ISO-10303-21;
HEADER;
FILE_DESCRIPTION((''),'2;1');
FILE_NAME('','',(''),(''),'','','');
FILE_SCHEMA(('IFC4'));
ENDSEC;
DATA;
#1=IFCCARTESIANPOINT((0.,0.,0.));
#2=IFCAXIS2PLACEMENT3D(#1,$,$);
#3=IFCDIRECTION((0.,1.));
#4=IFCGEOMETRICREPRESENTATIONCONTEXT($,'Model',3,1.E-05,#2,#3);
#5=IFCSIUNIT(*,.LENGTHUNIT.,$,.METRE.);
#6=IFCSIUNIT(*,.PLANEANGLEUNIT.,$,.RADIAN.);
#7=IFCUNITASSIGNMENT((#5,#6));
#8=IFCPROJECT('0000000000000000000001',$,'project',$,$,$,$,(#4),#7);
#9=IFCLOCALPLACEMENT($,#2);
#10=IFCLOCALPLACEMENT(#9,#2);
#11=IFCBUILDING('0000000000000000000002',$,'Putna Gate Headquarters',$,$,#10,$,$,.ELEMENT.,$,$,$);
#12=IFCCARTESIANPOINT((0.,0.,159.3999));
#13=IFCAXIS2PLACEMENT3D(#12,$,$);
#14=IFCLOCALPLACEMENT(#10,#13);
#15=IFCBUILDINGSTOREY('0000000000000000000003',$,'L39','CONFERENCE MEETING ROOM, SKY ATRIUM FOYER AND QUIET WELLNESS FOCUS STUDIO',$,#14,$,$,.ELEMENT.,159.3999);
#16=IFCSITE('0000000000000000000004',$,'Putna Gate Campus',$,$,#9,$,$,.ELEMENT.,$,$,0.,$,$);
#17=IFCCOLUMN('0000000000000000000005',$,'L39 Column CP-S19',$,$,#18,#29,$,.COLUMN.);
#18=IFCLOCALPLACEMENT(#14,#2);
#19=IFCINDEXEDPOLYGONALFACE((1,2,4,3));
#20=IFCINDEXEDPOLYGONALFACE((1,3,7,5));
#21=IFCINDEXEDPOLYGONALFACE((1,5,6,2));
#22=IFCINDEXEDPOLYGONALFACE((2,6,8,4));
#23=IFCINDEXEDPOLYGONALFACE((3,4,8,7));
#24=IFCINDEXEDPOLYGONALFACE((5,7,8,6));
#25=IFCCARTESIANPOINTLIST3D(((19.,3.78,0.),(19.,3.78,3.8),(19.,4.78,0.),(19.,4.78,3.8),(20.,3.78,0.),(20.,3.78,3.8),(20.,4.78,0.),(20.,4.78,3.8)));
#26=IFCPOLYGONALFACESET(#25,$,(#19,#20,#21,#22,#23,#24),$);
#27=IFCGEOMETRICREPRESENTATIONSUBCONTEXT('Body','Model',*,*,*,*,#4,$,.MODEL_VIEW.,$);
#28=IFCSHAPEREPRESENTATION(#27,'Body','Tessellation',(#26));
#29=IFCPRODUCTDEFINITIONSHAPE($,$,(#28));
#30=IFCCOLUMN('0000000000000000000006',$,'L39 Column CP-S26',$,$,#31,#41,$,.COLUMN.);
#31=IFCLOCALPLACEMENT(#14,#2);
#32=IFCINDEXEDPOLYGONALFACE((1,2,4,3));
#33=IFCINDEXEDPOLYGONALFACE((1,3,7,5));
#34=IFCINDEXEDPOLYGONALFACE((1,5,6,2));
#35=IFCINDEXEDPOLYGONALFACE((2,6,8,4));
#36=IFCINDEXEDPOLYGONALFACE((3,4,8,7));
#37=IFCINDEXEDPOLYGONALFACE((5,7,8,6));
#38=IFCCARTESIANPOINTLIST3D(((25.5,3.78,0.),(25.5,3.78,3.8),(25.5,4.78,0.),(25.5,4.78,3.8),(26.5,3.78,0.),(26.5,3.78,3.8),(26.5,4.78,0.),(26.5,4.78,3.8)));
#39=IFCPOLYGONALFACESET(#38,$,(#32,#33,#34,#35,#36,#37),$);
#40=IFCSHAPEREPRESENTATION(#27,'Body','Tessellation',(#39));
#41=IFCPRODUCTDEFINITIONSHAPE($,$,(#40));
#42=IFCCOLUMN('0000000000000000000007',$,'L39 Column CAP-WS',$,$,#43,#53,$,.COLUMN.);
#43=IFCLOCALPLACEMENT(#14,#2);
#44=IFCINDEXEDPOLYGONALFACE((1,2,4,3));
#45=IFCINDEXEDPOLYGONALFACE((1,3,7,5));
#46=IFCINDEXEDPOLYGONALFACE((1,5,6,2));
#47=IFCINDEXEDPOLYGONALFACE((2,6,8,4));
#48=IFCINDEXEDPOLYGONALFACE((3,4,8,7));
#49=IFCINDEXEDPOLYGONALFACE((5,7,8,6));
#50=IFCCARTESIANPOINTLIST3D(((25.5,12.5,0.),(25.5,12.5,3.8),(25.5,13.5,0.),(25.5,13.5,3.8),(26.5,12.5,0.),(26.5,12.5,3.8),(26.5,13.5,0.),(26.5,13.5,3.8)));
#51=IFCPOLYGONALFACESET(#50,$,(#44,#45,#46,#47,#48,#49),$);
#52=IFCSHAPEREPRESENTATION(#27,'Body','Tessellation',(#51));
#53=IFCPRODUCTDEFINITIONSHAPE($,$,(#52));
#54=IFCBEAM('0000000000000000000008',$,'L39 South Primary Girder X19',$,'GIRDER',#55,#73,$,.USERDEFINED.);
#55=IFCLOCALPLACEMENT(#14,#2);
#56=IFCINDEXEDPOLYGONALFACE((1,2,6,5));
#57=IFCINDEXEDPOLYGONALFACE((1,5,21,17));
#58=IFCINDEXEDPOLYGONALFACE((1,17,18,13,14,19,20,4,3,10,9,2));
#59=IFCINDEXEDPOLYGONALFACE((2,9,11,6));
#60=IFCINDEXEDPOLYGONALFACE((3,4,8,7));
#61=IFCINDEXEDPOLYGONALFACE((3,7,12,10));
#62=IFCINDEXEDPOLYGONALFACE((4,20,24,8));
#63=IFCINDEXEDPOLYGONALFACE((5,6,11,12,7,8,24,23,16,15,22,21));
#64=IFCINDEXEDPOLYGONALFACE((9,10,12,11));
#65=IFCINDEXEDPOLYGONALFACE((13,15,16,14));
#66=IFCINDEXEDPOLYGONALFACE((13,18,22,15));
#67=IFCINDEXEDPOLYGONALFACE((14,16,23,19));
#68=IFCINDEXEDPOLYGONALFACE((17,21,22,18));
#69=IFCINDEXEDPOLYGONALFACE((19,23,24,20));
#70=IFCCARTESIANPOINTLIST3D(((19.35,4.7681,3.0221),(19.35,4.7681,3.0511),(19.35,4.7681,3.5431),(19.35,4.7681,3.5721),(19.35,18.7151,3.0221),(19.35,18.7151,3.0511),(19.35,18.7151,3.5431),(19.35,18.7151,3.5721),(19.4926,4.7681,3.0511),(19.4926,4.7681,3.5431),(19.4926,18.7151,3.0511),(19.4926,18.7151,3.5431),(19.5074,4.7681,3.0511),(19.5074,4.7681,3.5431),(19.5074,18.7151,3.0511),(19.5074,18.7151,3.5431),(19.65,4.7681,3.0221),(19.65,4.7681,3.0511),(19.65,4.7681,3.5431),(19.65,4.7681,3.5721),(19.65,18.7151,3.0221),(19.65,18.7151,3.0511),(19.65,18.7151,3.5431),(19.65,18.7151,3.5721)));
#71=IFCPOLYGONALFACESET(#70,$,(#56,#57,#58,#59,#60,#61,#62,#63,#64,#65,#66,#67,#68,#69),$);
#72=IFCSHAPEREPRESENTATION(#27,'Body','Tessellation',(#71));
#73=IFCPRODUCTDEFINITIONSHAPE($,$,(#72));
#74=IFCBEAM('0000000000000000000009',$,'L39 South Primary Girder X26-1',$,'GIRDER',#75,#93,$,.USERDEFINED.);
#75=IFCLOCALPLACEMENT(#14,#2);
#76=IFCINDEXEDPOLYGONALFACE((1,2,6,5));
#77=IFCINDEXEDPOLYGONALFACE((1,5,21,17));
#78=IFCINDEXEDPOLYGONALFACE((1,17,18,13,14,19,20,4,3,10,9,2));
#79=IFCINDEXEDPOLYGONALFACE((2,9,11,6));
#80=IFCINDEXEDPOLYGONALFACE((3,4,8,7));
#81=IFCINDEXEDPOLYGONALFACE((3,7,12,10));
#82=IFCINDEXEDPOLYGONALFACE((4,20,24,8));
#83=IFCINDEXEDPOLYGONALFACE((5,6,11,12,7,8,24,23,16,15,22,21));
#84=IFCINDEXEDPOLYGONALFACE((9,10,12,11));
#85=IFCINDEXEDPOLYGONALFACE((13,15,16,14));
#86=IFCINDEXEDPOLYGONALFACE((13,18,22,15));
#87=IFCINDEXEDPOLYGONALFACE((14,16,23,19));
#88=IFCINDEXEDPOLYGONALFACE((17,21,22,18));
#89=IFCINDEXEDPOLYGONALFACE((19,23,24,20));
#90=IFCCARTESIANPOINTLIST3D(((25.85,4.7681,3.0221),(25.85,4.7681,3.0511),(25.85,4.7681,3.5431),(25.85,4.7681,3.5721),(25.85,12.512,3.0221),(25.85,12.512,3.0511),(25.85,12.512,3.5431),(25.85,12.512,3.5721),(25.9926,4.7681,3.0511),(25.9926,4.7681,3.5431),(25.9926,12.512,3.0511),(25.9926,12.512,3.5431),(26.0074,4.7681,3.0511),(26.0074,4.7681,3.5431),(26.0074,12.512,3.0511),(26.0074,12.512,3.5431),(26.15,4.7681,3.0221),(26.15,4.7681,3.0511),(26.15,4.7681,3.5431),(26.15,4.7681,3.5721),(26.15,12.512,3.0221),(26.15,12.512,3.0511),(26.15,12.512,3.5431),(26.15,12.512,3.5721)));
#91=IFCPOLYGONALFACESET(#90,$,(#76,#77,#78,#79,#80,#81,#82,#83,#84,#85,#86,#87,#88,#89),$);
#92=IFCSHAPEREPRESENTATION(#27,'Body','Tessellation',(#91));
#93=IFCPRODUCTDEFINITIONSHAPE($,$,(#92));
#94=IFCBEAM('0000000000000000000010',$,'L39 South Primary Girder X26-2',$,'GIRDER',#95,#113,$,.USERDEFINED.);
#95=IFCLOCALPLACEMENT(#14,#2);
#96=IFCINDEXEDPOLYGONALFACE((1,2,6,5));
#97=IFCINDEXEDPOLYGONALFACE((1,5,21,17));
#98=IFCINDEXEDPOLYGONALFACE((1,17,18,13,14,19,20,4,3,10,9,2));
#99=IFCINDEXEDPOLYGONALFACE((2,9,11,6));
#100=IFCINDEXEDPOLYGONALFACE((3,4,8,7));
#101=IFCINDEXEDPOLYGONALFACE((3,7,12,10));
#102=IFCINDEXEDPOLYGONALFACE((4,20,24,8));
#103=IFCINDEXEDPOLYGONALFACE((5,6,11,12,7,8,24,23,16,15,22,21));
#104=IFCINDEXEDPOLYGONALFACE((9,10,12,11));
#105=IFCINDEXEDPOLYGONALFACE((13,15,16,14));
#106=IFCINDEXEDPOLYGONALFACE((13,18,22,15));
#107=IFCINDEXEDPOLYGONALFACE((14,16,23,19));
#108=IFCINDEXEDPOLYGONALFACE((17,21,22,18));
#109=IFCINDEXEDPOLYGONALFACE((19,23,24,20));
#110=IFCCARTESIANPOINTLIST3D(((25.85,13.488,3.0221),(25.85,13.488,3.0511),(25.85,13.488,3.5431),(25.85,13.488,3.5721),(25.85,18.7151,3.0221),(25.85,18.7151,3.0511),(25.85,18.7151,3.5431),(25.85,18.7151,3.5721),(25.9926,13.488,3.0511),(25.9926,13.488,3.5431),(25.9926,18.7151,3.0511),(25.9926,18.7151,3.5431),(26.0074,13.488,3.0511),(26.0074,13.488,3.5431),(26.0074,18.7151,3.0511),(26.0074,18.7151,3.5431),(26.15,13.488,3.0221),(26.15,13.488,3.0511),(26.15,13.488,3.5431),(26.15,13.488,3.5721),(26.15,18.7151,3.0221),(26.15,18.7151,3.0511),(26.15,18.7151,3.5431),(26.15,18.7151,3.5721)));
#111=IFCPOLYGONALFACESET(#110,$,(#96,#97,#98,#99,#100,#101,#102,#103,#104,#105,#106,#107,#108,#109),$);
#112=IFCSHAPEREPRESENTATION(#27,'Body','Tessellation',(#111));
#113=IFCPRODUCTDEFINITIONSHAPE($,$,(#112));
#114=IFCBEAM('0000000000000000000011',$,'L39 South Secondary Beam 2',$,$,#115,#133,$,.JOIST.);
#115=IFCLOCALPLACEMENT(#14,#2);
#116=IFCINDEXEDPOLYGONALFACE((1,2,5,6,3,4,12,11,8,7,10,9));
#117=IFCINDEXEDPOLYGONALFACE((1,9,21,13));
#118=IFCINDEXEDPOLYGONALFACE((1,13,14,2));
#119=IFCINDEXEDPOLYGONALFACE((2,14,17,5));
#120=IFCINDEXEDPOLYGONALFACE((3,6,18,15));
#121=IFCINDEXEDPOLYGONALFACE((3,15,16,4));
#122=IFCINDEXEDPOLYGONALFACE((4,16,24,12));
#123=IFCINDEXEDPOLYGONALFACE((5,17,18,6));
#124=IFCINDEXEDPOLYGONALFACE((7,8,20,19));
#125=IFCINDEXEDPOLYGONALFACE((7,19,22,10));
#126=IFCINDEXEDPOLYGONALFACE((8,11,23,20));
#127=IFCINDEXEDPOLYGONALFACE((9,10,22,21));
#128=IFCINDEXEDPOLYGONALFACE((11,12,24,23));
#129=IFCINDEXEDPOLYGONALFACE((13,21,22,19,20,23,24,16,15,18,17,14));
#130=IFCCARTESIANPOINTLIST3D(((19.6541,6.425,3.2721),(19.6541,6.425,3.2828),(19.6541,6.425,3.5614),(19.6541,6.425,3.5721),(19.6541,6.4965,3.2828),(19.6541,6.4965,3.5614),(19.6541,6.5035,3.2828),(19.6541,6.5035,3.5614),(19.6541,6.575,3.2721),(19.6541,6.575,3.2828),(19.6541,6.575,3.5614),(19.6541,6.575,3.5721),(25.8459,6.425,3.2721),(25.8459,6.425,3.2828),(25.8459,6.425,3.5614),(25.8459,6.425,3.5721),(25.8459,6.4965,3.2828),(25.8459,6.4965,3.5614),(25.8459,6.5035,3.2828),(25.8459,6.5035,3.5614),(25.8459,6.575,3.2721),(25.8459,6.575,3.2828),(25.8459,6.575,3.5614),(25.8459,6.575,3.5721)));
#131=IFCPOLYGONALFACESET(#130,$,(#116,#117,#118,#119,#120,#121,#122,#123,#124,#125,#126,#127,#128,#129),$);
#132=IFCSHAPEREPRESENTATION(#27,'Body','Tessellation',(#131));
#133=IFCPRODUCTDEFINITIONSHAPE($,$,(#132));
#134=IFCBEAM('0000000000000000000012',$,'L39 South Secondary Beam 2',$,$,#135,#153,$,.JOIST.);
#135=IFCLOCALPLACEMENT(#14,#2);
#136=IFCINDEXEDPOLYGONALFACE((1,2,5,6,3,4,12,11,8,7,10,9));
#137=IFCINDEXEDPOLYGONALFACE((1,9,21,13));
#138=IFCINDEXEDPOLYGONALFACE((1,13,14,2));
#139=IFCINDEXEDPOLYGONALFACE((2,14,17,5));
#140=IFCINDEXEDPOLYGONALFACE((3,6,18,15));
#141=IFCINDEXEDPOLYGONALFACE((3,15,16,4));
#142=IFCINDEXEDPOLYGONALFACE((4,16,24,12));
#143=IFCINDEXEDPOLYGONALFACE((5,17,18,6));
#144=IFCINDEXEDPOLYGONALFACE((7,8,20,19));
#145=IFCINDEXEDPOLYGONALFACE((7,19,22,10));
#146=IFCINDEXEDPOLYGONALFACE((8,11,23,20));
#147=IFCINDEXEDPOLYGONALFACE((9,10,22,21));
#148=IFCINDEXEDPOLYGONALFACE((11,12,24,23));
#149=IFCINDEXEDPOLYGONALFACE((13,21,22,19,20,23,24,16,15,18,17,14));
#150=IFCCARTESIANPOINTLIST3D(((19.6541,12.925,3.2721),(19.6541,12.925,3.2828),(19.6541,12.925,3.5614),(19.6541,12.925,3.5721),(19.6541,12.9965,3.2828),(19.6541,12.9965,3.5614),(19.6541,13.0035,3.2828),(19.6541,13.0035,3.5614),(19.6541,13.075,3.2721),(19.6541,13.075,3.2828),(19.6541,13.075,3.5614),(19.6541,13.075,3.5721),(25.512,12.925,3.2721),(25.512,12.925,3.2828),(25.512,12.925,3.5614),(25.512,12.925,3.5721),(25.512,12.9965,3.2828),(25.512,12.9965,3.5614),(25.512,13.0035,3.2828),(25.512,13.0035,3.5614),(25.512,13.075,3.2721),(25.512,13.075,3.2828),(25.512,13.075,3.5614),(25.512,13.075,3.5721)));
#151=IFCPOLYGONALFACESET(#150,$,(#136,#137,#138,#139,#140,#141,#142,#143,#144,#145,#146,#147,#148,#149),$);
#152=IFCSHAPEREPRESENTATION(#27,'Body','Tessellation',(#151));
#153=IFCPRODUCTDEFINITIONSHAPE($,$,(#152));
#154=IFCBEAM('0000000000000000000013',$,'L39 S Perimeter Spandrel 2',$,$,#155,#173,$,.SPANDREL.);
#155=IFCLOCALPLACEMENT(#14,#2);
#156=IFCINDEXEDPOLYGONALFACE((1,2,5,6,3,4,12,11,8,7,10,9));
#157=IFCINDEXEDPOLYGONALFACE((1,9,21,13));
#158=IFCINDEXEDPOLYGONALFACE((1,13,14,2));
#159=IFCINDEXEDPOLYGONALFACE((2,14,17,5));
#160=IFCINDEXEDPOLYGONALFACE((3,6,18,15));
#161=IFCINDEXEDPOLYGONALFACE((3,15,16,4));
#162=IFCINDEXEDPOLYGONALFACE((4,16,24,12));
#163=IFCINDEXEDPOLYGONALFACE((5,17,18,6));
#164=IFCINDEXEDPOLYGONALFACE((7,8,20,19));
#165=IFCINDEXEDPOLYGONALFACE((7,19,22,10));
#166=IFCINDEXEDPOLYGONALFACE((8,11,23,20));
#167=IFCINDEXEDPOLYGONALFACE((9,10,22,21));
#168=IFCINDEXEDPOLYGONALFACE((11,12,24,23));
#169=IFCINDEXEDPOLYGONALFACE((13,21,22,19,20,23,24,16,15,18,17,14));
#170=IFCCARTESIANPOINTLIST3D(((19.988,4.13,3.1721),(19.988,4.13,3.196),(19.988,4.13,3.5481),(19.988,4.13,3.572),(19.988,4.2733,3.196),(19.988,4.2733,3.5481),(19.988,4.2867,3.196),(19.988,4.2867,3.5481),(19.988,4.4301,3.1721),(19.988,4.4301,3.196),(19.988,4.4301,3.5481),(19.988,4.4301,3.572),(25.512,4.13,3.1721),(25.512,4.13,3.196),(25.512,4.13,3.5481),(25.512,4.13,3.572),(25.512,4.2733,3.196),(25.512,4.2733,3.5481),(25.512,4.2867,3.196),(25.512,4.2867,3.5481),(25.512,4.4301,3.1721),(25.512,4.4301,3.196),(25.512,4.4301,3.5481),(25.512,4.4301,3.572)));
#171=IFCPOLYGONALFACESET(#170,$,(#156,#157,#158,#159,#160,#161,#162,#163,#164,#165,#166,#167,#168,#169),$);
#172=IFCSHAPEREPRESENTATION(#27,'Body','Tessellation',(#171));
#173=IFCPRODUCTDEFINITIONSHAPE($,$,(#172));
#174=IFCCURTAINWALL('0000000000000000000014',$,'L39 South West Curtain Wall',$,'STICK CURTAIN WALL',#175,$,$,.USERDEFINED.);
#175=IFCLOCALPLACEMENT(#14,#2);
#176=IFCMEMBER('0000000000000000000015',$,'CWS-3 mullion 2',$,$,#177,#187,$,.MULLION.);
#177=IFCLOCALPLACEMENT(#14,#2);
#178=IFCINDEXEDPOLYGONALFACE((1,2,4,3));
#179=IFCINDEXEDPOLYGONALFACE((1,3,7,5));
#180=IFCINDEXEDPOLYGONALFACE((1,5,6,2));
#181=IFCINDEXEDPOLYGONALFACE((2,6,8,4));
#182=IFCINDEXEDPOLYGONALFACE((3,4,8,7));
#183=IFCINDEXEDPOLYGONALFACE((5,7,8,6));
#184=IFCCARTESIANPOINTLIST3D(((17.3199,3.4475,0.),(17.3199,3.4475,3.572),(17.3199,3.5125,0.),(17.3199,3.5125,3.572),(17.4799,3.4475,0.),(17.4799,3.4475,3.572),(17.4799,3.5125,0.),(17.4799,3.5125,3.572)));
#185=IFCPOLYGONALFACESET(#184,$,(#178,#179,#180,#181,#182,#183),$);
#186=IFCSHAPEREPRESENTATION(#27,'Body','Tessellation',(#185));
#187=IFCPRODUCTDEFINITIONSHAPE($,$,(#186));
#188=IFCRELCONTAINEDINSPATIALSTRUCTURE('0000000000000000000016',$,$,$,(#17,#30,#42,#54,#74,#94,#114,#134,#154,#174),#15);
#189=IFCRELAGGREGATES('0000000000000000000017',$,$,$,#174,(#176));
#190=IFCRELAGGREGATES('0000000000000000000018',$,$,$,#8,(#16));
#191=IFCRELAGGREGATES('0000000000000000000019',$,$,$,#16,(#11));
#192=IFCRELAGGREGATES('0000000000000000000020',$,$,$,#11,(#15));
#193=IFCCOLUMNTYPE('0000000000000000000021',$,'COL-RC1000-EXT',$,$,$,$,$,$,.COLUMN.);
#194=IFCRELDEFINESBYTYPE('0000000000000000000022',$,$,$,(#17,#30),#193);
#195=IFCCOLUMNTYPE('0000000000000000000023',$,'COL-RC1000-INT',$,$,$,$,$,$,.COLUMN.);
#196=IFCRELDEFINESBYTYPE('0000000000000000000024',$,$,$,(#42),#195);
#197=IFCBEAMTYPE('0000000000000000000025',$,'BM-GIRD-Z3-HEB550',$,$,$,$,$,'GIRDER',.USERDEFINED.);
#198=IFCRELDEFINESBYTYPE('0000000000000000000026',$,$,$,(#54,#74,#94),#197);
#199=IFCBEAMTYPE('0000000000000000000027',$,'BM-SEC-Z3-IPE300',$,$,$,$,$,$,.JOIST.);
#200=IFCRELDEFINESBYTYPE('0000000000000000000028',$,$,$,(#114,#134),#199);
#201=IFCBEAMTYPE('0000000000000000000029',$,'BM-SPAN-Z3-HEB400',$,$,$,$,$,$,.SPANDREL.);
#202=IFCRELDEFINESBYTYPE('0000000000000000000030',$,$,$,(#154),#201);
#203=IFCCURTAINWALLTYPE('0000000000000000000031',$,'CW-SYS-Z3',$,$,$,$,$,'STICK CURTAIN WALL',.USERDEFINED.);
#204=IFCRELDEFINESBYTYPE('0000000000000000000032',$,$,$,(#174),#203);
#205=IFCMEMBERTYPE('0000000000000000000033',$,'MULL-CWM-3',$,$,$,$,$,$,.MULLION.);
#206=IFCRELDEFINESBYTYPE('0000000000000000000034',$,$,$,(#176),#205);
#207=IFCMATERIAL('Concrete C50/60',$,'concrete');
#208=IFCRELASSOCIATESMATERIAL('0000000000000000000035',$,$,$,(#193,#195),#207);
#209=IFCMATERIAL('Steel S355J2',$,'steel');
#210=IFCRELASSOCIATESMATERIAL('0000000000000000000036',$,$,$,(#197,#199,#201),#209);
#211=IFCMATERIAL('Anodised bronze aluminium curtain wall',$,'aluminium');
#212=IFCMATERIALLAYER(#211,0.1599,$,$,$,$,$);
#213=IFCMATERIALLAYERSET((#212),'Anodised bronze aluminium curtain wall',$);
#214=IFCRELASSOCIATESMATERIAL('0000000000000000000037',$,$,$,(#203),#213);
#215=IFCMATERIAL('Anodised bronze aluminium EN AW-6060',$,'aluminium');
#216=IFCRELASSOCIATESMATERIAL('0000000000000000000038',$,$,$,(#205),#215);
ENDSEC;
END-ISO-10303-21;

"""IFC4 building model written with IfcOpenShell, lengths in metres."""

from ifc_helpers import new_model, si_unit, direction, frame, origin, origin_2d, place, context, subcontext, project, spatial, rectangle, i_section, extrude, material, layer, layer_set, material_profile, profile_set, type_object, element, aggregate, save


model = new_model("IFC4")

# Units and contexts
model_context = context("Model", 3, precision=1e-05, world=origin(), true_north=direction((0.0, 1.0)))
body_context = subcontext(model_context, "Body", "Model", "MODEL_VIEW")
ifc_project = project(units=[si_unit("LENGTHUNIT", "METRE"), si_unit("PLANEANGLEUNIT", "RADIAN")], contexts=[model_context])

# Site, building, storey
site_placement = place(None, origin())
site = spatial("IfcSite", under=ifc_project, at=site_placement, Name="Putna Gate Campus", CompositionType="ELEMENT", RefElevation=0.0)
building_placement = place(site_placement, origin())
building = spatial("IfcBuilding", under=site, at=building_placement, Name="Putna Gate Headquarters", CompositionType="ELEMENT")
storey_placement = place(building_placement, frame((0.0, 0.0, 159.3999)))
storey = spatial("IfcBuildingStorey", under=building, at=storey_placement, Name="L39", Description="CONFERENCE MEETING ROOM, SKY ATRIUM FOYER AND QUIET WELLNESS FOCUS STUDIO", CompositionType="ELEMENT", Elevation=159.3999)

# Columns
ifc_material_1 = material(Name="Concrete C50/60", Category="concrete")
ifc_material_profile_1 = material_profile(ifc_material_1, rectangle(XDim=1.0, YDim=1.0, at=origin_2d()), Name="Concrete C50/60")
ifc_profile_set_1 = profile_set([ifc_material_profile_1], Name="Concrete C50/60")
column_type_1 = type_object("IfcColumnType", Name="COL-RC1000-EXT", PredefinedType="COLUMN", material=ifc_profile_set_1)
for number, where, z_axis, x_axis, name in (
    (1, (19.5, 4.28, 0.0), (0.0, 0.0, 1.0), (1.0, 0.0, 0.0), "L39 Column CP-S19"),
    (2, (26.0, 4.28, 0.0), (0.0, 0.0, 1.0), (1.0, 0.0, 0.0), "L39 Column CP-S26"),
):
    element("IfcColumn", number, at=place(storey_placement, frame(where, z_axis=z_axis, x_axis=x_axis)), inside=storey, type_object=column_type_1, Name=name, PredefinedType="COLUMN", context=body_context, shape_type="SweptSolid", body=[
        extrude(rectangle(XDim=1.0, YDim=1.0, at=origin_2d()), origin(), (0.0, 0.0, 1.0), 3.8),
    ])
ifc_material_profile_2 = material_profile(ifc_material_1, rectangle(XDim=1.0, YDim=1.0, at=origin_2d()), Name="Concrete C50/60")
ifc_profile_set_2 = profile_set([ifc_material_profile_2], Name="Concrete C50/60")
column_type_2 = type_object("IfcColumnType", Name="COL-RC1000-INT", PredefinedType="COLUMN", material=ifc_profile_set_2)
column_placement = place(storey_placement, frame((26.0, 13.0, 0.0), z_axis=(0.0, 0.0, 1.0), x_axis=(1.0, 0.0, 0.0)))
element("IfcColumn", 3, at=column_placement, inside=storey, type_object=column_type_2, Name="L39 Column CAP-WS", PredefinedType="COLUMN", context=body_context, shape_type="SweptSolid", body=[
    extrude(rectangle(XDim=1.0, YDim=1.0, at=origin_2d()), origin(), (0.0, 0.0, 1.0), 3.8),
])

# Beams
ifc_material_2 = material(Name="Steel S355J2", Category="steel")
ifc_material_profile_3 = material_profile(ifc_material_2, i_section(OverallWidth=0.3, OverallDepth=0.55, WebThickness=0.0149, FlangeThickness=0.0291, at=origin_2d()), Name="Steel S355J2")
ifc_profile_set_3 = profile_set([ifc_material_profile_3], Name="Steel S355J2")
beam_type_1 = type_object("IfcBeamType", Name="BM-GIRD-Z3-HEB550", ElementType="GIRDER", PredefinedType="USERDEFINED", material=ifc_profile_set_3)
beam_1_placement = place(storey_placement, frame((19.5, 4.7681, 3.2971), z_axis=(0.0, 1.0, 0.0), x_axis=(-1.0, 0.0, 0.0)))
element("IfcBeam", 4, at=beam_1_placement, inside=storey, type_object=beam_type_1, Name="L39 South Primary Girder X19", ObjectType="GIRDER", PredefinedType="USERDEFINED", context=body_context, shape_type="SweptSolid", body=[
    extrude(i_section(OverallWidth=0.3, OverallDepth=0.55, WebThickness=0.0149, FlangeThickness=0.0291, at=origin_2d()), origin(), (0.0, 0.0, 1.0), 13.947),
])
beam_2_placement = place(storey_placement, frame((26.0, 4.7681, 3.2971), z_axis=(0.0, 1.0, 0.0), x_axis=(-1.0, 0.0, 0.0)))
element("IfcBeam", 5, at=beam_2_placement, inside=storey, type_object=beam_type_1, Name="L39 South Primary Girder X26-1", ObjectType="GIRDER", PredefinedType="USERDEFINED", context=body_context, shape_type="SweptSolid", body=[
    extrude(i_section(OverallWidth=0.3, OverallDepth=0.55, WebThickness=0.0149, FlangeThickness=0.0291, at=origin_2d()), origin(), (0.0, 0.0, 1.0), 7.7439),
])
beam_3_placement = place(storey_placement, frame((26.0, 13.488, 3.2971), z_axis=(0.0, 1.0, 0.0), x_axis=(-1.0, 0.0, 0.0)))
element("IfcBeam", 6, at=beam_3_placement, inside=storey, type_object=beam_type_1, Name="L39 South Primary Girder X26-2", ObjectType="GIRDER", PredefinedType="USERDEFINED", context=body_context, shape_type="SweptSolid", body=[
    extrude(i_section(OverallWidth=0.3, OverallDepth=0.55, WebThickness=0.0149, FlangeThickness=0.0291, at=origin_2d()), origin(), (0.0, 0.0, 1.0), 5.2271),
])
ifc_material_profile_4 = material_profile(ifc_material_2, i_section(OverallWidth=0.1499, OverallDepth=0.3, WebThickness=0.0071, FlangeThickness=0.0107, at=origin_2d()), Name="Steel S355J2")
ifc_profile_set_4 = profile_set([ifc_material_profile_4], Name="Steel S355J2")
beam_type_2 = type_object("IfcBeamType", Name="BM-SEC-Z3-IPE300", PredefinedType="JOIST", material=ifc_profile_set_4)
beam_4_placement = place(storey_placement, frame((19.6541, 6.5, 3.4221), z_axis=(1.0, 0.0, 0.0), x_axis=(0.0, 1.0, 0.0)))
element("IfcBeam", 7, at=beam_4_placement, inside=storey, type_object=beam_type_2, Name="L39 South Secondary Beam 2", PredefinedType="JOIST", context=body_context, shape_type="SweptSolid", body=[
    extrude(i_section(OverallWidth=0.1499, OverallDepth=0.3, WebThickness=0.0071, FlangeThickness=0.0107, at=origin_2d()), origin(), (0.0, 0.0, 1.0), 6.1919),
])
beam_5_placement = place(storey_placement, frame((19.6541, 13.0, 3.4221), z_axis=(1.0, 0.0, 0.0), x_axis=(0.0, 1.0, 0.0)))
element("IfcBeam", 8, at=beam_5_placement, inside=storey, type_object=beam_type_2, Name="L39 South Secondary Beam 2", PredefinedType="JOIST", context=body_context, shape_type="SweptSolid", body=[
    extrude(i_section(OverallWidth=0.1499, OverallDepth=0.3, WebThickness=0.0071, FlangeThickness=0.0107, at=origin_2d()), origin(), (0.0, 0.0, 1.0), 5.8579),
])
ifc_material_profile_5 = material_profile(ifc_material_2, i_section(OverallWidth=0.3, OverallDepth=0.3999, WebThickness=0.0134, FlangeThickness=0.0239, at=origin_2d()), Name="Steel S355J2")
ifc_profile_set_5 = profile_set([ifc_material_profile_5], Name="Steel S355J2")
beam_type_3 = type_object("IfcBeamType", Name="BM-SPAN-Z3-HEB400", PredefinedType="SPANDREL", material=ifc_profile_set_5)
beam_6_placement = place(storey_placement, frame((19.988, 4.28, 3.3721), z_axis=(1.0, 0.0, 0.0), x_axis=(0.0, 1.0, 0.0)))
element("IfcBeam", 9, at=beam_6_placement, inside=storey, type_object=beam_type_3, Name="L39 S Perimeter Spandrel 2", PredefinedType="SPANDREL", context=body_context, shape_type="SweptSolid", body=[
    extrude(i_section(OverallWidth=0.3, OverallDepth=0.3999, WebThickness=0.0134, FlangeThickness=0.0239, at=origin_2d()), origin(), (0.0, 0.0, 1.0), 5.5239),
])

# Curtain wall, member
ifc_material_3 = material(Name="Anodised bronze aluminium curtain wall", Category="aluminium")
ifc_layer_1 = layer(ifc_material_3, 0.1599)
ifc_layer_set_1 = layer_set([ifc_layer_1], Name="Anodised bronze aluminium curtain wall")
curtain_wall_type = type_object("IfcCurtainWallType", Name="CW-SYS-Z3", ElementType="STICK CURTAIN WALL", PredefinedType="USERDEFINED", material=ifc_layer_set_1)
curtain_wall_placement = place(storey_placement, origin())
curtain_wall = element("IfcCurtainWall", 10, at=curtain_wall_placement, inside=storey, type_object=curtain_wall_type, Name="L39 South West Curtain Wall", ObjectType="STICK CURTAIN WALL", PredefinedType="USERDEFINED")
ifc_material_4 = material(Name="Anodised bronze aluminium EN AW-6060", Category="aluminium")
ifc_material_profile_6 = material_profile(ifc_material_4, rectangle(XDim=0.0649, YDim=0.1599, at=origin_2d()), Name="Anodised bronze aluminium EN AW-6060")
ifc_profile_set_6 = profile_set([ifc_material_profile_6], Name="Anodised bronze aluminium EN AW-6060")
member_type_1 = type_object("IfcMemberType", Name="MULL-CWM-3", PredefinedType="MULLION", material=ifc_profile_set_6)
member_1_placement = place(storey_placement, frame((17.3999, 3.48, 0.0), z_axis=(0.0, 0.0, 1.0), x_axis=(0.0, 1.0, 0.0)))
member_1 = element("IfcMember", 11, at=member_1_placement, type_object=member_type_1, Name="CWS-3 mullion 2", PredefinedType="MULLION", context=body_context, shape_type="SweptSolid", body=[
    extrude(rectangle(XDim=0.0649, YDim=0.1599, at=origin_2d()), origin(), (0.0, 0.0, 1.0), 3.572),
])
aggregate(curtain_wall, [member_1])

save(model, "model.ifc")
